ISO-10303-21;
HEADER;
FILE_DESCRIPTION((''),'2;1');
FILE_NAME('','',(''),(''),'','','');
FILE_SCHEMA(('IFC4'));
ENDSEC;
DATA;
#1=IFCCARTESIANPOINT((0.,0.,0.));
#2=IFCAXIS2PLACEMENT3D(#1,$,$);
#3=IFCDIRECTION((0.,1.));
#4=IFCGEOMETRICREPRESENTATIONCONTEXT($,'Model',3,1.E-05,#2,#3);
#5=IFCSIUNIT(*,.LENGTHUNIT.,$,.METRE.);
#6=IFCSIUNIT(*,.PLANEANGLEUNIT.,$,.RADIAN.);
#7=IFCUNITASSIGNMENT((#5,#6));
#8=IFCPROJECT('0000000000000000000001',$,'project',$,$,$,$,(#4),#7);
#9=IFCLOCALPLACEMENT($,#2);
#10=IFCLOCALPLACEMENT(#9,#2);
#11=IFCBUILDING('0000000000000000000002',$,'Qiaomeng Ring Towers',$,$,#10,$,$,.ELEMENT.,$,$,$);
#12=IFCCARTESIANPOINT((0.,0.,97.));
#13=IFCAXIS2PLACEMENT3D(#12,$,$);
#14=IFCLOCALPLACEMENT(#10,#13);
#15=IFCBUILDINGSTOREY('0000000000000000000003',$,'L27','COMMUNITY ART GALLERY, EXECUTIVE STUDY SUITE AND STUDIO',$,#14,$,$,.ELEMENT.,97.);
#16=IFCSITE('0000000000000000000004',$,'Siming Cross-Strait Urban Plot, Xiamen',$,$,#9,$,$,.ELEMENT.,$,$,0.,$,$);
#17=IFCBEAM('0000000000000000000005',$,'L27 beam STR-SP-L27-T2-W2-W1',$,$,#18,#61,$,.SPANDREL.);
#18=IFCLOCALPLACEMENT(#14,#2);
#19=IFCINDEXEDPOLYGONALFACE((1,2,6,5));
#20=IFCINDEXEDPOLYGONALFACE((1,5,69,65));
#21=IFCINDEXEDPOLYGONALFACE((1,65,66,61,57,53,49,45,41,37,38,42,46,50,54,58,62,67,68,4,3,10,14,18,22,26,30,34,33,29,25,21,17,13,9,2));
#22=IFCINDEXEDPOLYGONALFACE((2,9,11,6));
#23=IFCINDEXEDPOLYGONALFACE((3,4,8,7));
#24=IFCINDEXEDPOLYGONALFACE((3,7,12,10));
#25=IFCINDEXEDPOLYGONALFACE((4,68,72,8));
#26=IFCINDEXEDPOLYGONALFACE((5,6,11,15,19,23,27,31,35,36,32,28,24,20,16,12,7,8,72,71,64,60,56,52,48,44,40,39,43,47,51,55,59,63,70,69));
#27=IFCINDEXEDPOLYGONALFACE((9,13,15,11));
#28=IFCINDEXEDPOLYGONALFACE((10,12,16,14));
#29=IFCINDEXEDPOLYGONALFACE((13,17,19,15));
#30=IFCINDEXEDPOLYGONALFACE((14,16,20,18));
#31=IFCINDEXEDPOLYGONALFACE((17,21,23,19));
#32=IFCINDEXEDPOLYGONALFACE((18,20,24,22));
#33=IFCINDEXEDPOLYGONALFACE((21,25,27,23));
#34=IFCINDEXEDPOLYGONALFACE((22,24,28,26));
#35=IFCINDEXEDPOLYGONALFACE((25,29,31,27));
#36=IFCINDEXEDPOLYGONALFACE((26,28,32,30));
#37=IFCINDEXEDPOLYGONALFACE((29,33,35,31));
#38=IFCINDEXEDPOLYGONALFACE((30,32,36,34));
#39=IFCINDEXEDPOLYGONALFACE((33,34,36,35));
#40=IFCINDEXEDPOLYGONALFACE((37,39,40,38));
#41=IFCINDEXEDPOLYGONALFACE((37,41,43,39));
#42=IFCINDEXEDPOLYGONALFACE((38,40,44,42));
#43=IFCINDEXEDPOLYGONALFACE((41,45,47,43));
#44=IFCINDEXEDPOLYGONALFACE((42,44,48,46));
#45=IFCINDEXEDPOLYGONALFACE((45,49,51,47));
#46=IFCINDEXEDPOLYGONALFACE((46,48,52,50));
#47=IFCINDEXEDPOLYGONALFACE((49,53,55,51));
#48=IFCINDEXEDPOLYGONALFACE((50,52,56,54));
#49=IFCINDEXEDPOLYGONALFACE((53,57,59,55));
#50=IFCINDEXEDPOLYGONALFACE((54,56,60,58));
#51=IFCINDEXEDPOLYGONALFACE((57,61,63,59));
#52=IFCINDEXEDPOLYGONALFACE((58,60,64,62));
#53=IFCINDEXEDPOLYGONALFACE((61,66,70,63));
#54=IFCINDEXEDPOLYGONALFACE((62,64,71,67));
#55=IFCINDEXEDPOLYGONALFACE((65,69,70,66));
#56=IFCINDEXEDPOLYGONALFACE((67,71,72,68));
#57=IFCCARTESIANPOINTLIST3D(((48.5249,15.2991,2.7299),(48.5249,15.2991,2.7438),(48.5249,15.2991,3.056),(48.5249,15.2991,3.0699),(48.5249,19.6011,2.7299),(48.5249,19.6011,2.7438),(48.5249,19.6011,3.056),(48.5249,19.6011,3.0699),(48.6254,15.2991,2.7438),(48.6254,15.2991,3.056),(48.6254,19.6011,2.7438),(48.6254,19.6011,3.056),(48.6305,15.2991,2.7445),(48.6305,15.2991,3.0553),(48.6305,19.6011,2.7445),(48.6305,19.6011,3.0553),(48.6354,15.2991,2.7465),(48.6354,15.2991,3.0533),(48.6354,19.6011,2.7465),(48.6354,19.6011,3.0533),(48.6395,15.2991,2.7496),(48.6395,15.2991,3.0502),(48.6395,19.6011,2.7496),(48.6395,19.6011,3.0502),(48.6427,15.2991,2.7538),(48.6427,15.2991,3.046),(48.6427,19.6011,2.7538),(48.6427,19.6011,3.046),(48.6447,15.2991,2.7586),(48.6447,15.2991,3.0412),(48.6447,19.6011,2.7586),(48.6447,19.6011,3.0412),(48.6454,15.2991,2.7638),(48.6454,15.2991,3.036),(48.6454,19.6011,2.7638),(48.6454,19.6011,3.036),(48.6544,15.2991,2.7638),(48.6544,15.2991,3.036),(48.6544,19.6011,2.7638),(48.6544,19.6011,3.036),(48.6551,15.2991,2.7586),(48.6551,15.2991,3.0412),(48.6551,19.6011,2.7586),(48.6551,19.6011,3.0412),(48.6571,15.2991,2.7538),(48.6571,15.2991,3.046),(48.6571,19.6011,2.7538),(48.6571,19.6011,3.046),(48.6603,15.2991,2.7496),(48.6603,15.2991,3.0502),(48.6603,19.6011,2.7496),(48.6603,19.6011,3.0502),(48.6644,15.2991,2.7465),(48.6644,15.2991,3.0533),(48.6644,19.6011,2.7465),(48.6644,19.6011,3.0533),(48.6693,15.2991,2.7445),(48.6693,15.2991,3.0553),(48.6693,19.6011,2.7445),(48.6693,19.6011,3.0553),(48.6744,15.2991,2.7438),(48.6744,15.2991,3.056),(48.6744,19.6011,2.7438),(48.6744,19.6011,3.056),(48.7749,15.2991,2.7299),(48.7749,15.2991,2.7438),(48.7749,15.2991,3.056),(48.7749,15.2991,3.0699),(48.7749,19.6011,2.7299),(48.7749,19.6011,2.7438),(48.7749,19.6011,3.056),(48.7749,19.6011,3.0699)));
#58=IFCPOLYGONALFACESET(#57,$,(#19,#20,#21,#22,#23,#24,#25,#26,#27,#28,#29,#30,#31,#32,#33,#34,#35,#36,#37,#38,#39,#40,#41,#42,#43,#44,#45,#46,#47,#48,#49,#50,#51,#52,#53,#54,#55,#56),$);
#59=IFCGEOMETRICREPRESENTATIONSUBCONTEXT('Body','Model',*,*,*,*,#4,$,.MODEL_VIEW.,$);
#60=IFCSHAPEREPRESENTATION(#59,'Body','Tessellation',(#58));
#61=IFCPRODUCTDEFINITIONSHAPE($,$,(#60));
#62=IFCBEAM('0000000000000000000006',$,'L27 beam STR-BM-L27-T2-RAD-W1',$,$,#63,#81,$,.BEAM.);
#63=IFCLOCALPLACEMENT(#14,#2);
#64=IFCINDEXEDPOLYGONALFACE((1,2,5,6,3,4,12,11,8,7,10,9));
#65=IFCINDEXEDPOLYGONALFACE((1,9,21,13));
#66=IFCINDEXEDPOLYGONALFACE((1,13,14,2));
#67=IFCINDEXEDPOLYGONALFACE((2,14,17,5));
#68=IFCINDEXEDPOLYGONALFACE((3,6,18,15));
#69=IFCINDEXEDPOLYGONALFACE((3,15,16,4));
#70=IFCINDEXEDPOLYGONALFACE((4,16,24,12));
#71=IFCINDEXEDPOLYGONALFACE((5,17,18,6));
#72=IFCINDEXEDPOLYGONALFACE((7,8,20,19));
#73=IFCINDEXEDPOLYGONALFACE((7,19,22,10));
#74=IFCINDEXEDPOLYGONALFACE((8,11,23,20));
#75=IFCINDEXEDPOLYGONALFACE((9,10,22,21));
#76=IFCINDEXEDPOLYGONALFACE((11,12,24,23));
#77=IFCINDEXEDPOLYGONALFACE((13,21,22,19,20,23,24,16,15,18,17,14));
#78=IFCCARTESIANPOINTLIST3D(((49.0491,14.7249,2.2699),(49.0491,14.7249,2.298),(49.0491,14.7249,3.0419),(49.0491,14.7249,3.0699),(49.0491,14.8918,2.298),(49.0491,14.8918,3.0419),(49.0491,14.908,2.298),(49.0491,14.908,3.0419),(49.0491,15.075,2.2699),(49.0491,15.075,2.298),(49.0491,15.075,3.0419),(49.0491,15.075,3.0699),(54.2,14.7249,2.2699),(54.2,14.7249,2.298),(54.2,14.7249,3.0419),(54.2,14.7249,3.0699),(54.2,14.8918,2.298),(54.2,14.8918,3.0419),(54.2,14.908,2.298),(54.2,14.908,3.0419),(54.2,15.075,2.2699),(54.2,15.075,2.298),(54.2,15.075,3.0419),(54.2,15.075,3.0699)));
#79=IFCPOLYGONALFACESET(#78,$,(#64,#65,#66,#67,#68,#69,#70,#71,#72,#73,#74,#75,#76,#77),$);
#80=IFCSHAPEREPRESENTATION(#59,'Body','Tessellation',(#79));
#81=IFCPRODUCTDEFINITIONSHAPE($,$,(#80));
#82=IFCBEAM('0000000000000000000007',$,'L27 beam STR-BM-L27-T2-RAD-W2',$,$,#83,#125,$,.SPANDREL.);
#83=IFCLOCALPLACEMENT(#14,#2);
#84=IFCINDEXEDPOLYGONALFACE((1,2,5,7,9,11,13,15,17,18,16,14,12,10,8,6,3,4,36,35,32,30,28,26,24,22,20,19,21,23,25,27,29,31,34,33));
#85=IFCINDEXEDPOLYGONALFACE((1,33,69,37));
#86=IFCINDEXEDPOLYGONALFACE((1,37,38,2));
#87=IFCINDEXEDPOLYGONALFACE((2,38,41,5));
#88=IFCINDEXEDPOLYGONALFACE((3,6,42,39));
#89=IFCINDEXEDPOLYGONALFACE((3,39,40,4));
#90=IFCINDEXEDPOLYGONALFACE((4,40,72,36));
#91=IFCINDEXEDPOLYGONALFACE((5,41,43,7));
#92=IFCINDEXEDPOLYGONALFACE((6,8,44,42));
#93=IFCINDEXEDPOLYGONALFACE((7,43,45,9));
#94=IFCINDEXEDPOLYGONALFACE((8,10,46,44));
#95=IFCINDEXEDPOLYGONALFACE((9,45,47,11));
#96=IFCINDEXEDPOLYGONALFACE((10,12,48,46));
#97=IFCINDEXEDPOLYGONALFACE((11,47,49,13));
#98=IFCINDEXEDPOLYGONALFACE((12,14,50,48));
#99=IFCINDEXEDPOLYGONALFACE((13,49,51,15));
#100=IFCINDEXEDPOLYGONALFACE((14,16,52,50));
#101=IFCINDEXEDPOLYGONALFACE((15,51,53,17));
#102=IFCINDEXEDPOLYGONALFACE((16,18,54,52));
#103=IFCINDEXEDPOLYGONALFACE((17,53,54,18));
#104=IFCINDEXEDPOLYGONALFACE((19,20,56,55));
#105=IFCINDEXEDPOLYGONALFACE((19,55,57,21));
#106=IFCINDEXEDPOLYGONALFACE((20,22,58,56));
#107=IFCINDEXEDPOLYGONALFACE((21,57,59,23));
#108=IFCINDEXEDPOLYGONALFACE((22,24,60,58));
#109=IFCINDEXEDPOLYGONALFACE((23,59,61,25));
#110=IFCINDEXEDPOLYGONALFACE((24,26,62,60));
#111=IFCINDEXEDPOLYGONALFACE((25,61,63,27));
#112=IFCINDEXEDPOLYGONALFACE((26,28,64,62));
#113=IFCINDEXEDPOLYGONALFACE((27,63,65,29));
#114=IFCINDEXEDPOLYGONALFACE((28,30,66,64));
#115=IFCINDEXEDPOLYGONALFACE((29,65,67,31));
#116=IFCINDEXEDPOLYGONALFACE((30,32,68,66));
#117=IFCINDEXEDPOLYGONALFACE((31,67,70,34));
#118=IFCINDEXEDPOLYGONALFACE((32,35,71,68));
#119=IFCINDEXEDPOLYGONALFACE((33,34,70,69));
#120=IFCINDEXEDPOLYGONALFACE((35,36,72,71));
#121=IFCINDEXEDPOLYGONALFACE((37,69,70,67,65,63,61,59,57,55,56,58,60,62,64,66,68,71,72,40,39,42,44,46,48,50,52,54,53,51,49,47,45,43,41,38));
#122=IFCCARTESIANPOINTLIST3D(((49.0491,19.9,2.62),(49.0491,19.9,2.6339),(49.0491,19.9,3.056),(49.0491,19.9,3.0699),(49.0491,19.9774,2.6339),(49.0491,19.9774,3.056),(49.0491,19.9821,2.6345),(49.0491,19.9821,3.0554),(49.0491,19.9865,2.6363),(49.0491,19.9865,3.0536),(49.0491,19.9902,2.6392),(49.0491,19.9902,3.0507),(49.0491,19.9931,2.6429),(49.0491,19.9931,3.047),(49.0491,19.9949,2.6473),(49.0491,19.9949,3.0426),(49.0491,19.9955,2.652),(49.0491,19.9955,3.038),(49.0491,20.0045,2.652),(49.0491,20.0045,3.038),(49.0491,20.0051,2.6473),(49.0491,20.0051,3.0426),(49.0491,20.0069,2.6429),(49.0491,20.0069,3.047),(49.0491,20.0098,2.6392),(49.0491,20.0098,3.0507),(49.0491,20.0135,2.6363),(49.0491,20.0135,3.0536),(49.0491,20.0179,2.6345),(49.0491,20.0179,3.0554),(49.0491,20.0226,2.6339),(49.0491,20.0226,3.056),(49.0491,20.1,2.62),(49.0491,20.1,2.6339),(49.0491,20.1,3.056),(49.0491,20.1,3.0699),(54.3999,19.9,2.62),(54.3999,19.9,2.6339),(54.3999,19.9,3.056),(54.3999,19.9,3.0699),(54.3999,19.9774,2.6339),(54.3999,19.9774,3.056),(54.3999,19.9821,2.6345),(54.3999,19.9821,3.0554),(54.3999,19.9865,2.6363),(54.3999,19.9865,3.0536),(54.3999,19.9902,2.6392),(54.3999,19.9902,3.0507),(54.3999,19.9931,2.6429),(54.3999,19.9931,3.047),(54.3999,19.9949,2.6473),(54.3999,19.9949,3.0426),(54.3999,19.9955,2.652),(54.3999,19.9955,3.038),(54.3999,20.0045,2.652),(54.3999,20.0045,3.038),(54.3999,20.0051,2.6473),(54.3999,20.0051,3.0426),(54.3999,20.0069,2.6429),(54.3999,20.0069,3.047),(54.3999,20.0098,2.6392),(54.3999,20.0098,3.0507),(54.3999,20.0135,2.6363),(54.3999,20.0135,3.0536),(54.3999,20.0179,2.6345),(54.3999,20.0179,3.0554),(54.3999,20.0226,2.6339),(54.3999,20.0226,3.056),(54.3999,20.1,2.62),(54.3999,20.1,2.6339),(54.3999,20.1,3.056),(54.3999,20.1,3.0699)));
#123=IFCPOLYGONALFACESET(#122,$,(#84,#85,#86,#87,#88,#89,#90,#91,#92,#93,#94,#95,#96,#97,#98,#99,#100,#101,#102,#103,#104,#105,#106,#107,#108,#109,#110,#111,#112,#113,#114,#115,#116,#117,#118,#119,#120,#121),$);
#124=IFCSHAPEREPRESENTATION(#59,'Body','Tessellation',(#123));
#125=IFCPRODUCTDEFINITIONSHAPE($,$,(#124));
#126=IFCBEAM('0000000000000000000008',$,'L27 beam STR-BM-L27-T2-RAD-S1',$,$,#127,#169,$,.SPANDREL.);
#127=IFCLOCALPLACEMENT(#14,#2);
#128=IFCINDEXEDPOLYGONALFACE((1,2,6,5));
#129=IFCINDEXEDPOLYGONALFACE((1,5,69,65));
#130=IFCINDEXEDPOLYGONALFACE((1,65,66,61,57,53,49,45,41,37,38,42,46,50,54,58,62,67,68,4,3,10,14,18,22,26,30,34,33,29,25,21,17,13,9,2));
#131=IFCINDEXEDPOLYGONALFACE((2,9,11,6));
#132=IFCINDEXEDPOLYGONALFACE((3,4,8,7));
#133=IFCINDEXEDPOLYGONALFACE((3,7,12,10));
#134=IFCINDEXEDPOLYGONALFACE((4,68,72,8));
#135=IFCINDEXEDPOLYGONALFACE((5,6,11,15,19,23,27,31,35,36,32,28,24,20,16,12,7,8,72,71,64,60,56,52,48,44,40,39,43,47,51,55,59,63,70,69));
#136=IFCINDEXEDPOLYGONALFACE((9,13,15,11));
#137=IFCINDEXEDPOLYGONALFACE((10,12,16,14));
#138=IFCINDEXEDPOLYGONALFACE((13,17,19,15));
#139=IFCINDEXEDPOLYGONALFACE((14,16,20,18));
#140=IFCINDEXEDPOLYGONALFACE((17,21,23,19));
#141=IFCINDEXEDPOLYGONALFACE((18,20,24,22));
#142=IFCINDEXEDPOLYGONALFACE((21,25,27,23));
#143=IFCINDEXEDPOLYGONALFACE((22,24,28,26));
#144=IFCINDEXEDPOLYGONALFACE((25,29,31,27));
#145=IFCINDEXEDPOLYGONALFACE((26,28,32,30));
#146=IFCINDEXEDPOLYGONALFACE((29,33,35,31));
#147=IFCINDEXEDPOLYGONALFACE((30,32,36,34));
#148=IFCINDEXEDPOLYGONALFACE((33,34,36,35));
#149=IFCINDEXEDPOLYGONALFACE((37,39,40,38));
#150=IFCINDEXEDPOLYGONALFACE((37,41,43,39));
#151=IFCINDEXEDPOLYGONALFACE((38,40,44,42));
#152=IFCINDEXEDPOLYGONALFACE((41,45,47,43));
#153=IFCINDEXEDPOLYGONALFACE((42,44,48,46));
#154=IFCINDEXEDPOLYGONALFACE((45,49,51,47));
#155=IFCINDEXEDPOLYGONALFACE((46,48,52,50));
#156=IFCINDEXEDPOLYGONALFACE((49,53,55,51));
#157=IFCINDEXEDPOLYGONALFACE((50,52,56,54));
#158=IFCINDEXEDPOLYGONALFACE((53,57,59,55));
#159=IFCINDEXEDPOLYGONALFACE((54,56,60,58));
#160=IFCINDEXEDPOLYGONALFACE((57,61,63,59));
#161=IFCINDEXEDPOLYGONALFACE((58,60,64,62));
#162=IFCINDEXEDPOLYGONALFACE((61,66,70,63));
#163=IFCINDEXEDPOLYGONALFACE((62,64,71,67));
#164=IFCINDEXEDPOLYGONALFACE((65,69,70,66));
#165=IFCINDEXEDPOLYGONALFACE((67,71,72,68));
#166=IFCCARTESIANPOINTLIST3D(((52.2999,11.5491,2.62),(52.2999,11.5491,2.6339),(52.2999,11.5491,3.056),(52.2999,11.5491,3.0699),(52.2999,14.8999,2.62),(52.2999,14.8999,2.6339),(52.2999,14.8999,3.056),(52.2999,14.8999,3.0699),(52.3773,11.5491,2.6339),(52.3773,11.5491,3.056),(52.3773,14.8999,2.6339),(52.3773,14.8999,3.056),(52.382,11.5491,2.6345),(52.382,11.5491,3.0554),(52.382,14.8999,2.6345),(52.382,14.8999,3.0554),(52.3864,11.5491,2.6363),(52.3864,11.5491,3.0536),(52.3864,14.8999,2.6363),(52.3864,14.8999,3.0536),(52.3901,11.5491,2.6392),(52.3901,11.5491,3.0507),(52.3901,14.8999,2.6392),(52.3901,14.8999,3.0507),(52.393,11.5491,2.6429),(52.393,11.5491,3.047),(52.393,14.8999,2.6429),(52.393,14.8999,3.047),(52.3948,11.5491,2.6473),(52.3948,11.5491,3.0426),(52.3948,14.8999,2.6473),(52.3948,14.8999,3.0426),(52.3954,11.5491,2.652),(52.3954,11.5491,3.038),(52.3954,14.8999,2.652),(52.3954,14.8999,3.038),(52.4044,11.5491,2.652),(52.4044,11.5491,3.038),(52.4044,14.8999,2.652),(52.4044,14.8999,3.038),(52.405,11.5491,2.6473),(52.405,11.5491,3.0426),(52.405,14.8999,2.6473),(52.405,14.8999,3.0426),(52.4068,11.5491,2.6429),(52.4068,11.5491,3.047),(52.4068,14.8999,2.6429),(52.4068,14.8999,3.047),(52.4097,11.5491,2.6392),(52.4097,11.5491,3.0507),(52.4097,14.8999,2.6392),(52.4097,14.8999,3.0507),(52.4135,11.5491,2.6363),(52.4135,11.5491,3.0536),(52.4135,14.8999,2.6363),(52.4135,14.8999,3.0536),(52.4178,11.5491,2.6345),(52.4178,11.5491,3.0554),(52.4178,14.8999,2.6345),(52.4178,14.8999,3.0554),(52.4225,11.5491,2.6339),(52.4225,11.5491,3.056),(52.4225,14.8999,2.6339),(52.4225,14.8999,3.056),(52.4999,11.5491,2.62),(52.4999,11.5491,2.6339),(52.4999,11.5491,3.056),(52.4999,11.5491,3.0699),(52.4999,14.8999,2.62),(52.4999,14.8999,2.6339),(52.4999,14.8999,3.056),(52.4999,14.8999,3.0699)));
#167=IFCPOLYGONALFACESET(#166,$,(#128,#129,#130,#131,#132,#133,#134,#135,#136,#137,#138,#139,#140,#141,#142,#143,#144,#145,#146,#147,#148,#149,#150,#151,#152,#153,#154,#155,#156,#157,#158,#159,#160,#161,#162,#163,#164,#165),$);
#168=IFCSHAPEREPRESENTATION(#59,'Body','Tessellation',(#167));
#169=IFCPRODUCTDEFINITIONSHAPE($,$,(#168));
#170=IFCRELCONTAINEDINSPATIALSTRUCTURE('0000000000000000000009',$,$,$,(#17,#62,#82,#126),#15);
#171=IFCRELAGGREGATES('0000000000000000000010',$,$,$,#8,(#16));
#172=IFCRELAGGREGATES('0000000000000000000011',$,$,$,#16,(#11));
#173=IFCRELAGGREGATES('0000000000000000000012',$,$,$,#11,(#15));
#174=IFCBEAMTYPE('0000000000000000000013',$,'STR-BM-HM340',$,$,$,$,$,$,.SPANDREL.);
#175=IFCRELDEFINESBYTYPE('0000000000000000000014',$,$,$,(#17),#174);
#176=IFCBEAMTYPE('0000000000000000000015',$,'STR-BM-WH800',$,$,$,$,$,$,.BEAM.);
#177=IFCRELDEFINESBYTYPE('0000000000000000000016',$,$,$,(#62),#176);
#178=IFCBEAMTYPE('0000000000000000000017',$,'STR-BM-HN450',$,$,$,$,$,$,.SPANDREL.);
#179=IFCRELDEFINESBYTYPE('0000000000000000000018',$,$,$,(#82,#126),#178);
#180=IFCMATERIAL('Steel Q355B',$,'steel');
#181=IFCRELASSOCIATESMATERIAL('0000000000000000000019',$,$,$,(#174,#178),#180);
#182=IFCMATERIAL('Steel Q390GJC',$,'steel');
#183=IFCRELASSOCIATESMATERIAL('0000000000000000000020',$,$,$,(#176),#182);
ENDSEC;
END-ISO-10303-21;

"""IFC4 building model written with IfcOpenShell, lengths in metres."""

from ifc_helpers import new_model, si_unit, direction, frame, origin, origin_2d, place, context, subcontext, project, spatial, i_section, extrude, source, transform, mapped, material, material_profile, profile_set, type_object, element, save


model = new_model("IFC4")

# Units and contexts
model_context = context("Model", 3, precision=1e-05, world=origin(), true_north=direction((0.0, 1.0)))
body_context = subcontext(model_context, "Body", "Model", "MODEL_VIEW")
ifc_project = project(units=[si_unit("LENGTHUNIT", "METRE"), si_unit("PLANEANGLEUNIT", "RADIAN")], contexts=[model_context])

# Site, building, storey
site_placement = place(None, origin())
site = spatial("IfcSite", under=ifc_project, at=site_placement, Name="Siming Cross-Strait Urban Plot, Xiamen", CompositionType="ELEMENT", RefElevation=0.0)
building_placement = place(site_placement, origin())
building = spatial("IfcBuilding", under=site, at=building_placement, Name="Qiaomeng Ring Towers", CompositionType="ELEMENT")
storey_placement = place(building_placement, frame((0.0, 0.0, 97.0)))
storey = spatial("IfcBuildingStorey", under=building, at=storey_placement, Name="L27", Description="COMMUNITY ART GALLERY, EXECUTIVE STUDY SUITE AND STUDIO", CompositionType="ELEMENT", Elevation=97.0)

# Beams
ifc_material_1 = material(Name="Steel Q355B", Category="steel")
ifc_material_profile_1 = material_profile(ifc_material_1, i_section(OverallWidth=0.25, OverallDepth=0.3401, WebThickness=0.009, FlangeThickness=0.0139, FilletRadius=0.02, at=origin_2d()), Name="HM 340x250x9x14")
ifc_profile_set_1 = profile_set([ifc_material_profile_1], Name="Steel Q355B")
beam_type_1 = type_object("IfcBeamType", Name="STR-BM-HM340", PredefinedType="SPANDREL", material=ifc_profile_set_1)
shared_shape_1 = source(origin(), body_context, "Body", "SweptSolid", [
    extrude(i_section(OverallWidth=0.25, OverallDepth=0.3401, WebThickness=0.009, FlangeThickness=0.0139, FilletRadius=0.02, at=origin_2d()), origin(), (0.0, 0.0, 1.0), 4.302),
])
beam_1_placement = place(storey_placement, frame((48.6499, 19.6011, 2.8999), z_axis=(0.0, -1.0, 0.0), x_axis=(1.0, 0.0, 0.0)))
element("IfcBeam", 1, at=beam_1_placement, inside=storey, type_object=beam_type_1, Name="L27 beam STR-SP-L27-T2-W2-W1", PredefinedType="SPANDREL", context=body_context, shape_type="MappedRepresentation", body=[
    mapped(shared_shape_1, transform((0.0, 0.0, 0.0), x_axis=(1.0, 0.0, 0.0), y_axis=(0.0, 1.0, 0.0), z_axis=(0.0, 0.0, 1.0), scale=1.0)),
])
ifc_material_2 = material(Name="Steel Q390GJC", Category="steel")
ifc_material_profile_2 = material_profile(ifc_material_2, i_section(OverallWidth=0.3501, OverallDepth=0.8, WebThickness=0.0161, FlangeThickness=0.0281, at=origin_2d()), Name="WH 800x350x16x28")
ifc_profile_set_2 = profile_set([ifc_material_profile_2], Name="Steel Q390GJC")
beam_type_2 = type_object("IfcBeamType", Name="STR-BM-WH800", PredefinedType="BEAM", material=ifc_profile_set_2)
shared_shape_2 = source(origin(), body_context, "Body", "SweptSolid", [
    extrude(i_section(OverallWidth=0.3501, OverallDepth=0.8, WebThickness=0.0161, FlangeThickness=0.0281, at=origin_2d()), origin(), (0.0, 0.0, 1.0), 5.1509),
])
beam_2_placement = place(storey_placement, frame((49.0491, 14.8999, 2.6699), z_axis=(1.0, 0.0, 0.0), x_axis=(0.0, 1.0, 0.0)))
element("IfcBeam", 2, at=beam_2_placement, inside=storey, type_object=beam_type_2, Name="L27 beam STR-BM-L27-T2-RAD-W1", PredefinedType="BEAM", context=body_context, shape_type="MappedRepresentation", body=[
    mapped(shared_shape_2, transform((0.0, 0.0, 0.0), x_axis=(1.0, 0.0, 0.0), y_axis=(0.0, 1.0, 0.0), z_axis=(0.0, 0.0, 1.0), scale=1.0)),
])
ifc_material_profile_3 = material_profile(ifc_material_1, i_section(OverallWidth=0.2, OverallDepth=0.45, WebThickness=0.009, FlangeThickness=0.0139, FilletRadius=0.0181, at=origin_2d()), Name="HN 450x200x9x14")
ifc_profile_set_3 = profile_set([ifc_material_profile_3], Name="Steel Q355B")
beam_type_3 = type_object("IfcBeamType", Name="STR-BM-HN450", PredefinedType="SPANDREL", material=ifc_profile_set_3)
shared_shape_3 = source(origin(), body_context, "Body", "SweptSolid", [
    extrude(i_section(OverallWidth=0.2, OverallDepth=0.45, WebThickness=0.009, FlangeThickness=0.0139, FilletRadius=0.0181, at=origin_2d()), origin(), (0.0, 0.0, 1.0), 5.3508),
])
beam_3_placement = place(storey_placement, frame((49.0491, 20.0, 2.845), z_axis=(1.0, 0.0, 0.0), x_axis=(0.0, 1.0, 0.0)))
element("IfcBeam", 3, at=beam_3_placement, inside=storey, type_object=beam_type_3, Name="L27 beam STR-BM-L27-T2-RAD-W2", PredefinedType="SPANDREL", context=body_context, shape_type="MappedRepresentation", body=[
    mapped(shared_shape_3, transform((0.0, 0.0, 0.0), x_axis=(1.0, 0.0, 0.0), y_axis=(0.0, 1.0, 0.0), z_axis=(0.0, 0.0, 1.0), scale=1.0)),
])
shared_shape_4 = source(origin(), body_context, "Body", "SweptSolid", [
    extrude(i_section(OverallWidth=0.2, OverallDepth=0.45, WebThickness=0.009, FlangeThickness=0.0139, FilletRadius=0.0181, at=origin_2d()), origin(), (0.0, 0.0, 1.0), 3.3508),
])
beam_4_placement = place(storey_placement, frame((52.3999, 11.5491, 2.845), z_axis=(0.0, 1.0, 0.0), x_axis=(-1.0, 0.0, 0.0)))
element("IfcBeam", 4, at=beam_4_placement, inside=storey, type_object=beam_type_3, Name="L27 beam STR-BM-L27-T2-RAD-S1", PredefinedType="SPANDREL", context=body_context, shape_type="MappedRepresentation", body=[
    mapped(shared_shape_4, transform((0.0, 0.0, 0.0), x_axis=(1.0, 0.0, 0.0), y_axis=(0.0, 1.0, 0.0), z_axis=(0.0, 0.0, 1.0), scale=1.0)),
])

save(model, "model.ifc")
